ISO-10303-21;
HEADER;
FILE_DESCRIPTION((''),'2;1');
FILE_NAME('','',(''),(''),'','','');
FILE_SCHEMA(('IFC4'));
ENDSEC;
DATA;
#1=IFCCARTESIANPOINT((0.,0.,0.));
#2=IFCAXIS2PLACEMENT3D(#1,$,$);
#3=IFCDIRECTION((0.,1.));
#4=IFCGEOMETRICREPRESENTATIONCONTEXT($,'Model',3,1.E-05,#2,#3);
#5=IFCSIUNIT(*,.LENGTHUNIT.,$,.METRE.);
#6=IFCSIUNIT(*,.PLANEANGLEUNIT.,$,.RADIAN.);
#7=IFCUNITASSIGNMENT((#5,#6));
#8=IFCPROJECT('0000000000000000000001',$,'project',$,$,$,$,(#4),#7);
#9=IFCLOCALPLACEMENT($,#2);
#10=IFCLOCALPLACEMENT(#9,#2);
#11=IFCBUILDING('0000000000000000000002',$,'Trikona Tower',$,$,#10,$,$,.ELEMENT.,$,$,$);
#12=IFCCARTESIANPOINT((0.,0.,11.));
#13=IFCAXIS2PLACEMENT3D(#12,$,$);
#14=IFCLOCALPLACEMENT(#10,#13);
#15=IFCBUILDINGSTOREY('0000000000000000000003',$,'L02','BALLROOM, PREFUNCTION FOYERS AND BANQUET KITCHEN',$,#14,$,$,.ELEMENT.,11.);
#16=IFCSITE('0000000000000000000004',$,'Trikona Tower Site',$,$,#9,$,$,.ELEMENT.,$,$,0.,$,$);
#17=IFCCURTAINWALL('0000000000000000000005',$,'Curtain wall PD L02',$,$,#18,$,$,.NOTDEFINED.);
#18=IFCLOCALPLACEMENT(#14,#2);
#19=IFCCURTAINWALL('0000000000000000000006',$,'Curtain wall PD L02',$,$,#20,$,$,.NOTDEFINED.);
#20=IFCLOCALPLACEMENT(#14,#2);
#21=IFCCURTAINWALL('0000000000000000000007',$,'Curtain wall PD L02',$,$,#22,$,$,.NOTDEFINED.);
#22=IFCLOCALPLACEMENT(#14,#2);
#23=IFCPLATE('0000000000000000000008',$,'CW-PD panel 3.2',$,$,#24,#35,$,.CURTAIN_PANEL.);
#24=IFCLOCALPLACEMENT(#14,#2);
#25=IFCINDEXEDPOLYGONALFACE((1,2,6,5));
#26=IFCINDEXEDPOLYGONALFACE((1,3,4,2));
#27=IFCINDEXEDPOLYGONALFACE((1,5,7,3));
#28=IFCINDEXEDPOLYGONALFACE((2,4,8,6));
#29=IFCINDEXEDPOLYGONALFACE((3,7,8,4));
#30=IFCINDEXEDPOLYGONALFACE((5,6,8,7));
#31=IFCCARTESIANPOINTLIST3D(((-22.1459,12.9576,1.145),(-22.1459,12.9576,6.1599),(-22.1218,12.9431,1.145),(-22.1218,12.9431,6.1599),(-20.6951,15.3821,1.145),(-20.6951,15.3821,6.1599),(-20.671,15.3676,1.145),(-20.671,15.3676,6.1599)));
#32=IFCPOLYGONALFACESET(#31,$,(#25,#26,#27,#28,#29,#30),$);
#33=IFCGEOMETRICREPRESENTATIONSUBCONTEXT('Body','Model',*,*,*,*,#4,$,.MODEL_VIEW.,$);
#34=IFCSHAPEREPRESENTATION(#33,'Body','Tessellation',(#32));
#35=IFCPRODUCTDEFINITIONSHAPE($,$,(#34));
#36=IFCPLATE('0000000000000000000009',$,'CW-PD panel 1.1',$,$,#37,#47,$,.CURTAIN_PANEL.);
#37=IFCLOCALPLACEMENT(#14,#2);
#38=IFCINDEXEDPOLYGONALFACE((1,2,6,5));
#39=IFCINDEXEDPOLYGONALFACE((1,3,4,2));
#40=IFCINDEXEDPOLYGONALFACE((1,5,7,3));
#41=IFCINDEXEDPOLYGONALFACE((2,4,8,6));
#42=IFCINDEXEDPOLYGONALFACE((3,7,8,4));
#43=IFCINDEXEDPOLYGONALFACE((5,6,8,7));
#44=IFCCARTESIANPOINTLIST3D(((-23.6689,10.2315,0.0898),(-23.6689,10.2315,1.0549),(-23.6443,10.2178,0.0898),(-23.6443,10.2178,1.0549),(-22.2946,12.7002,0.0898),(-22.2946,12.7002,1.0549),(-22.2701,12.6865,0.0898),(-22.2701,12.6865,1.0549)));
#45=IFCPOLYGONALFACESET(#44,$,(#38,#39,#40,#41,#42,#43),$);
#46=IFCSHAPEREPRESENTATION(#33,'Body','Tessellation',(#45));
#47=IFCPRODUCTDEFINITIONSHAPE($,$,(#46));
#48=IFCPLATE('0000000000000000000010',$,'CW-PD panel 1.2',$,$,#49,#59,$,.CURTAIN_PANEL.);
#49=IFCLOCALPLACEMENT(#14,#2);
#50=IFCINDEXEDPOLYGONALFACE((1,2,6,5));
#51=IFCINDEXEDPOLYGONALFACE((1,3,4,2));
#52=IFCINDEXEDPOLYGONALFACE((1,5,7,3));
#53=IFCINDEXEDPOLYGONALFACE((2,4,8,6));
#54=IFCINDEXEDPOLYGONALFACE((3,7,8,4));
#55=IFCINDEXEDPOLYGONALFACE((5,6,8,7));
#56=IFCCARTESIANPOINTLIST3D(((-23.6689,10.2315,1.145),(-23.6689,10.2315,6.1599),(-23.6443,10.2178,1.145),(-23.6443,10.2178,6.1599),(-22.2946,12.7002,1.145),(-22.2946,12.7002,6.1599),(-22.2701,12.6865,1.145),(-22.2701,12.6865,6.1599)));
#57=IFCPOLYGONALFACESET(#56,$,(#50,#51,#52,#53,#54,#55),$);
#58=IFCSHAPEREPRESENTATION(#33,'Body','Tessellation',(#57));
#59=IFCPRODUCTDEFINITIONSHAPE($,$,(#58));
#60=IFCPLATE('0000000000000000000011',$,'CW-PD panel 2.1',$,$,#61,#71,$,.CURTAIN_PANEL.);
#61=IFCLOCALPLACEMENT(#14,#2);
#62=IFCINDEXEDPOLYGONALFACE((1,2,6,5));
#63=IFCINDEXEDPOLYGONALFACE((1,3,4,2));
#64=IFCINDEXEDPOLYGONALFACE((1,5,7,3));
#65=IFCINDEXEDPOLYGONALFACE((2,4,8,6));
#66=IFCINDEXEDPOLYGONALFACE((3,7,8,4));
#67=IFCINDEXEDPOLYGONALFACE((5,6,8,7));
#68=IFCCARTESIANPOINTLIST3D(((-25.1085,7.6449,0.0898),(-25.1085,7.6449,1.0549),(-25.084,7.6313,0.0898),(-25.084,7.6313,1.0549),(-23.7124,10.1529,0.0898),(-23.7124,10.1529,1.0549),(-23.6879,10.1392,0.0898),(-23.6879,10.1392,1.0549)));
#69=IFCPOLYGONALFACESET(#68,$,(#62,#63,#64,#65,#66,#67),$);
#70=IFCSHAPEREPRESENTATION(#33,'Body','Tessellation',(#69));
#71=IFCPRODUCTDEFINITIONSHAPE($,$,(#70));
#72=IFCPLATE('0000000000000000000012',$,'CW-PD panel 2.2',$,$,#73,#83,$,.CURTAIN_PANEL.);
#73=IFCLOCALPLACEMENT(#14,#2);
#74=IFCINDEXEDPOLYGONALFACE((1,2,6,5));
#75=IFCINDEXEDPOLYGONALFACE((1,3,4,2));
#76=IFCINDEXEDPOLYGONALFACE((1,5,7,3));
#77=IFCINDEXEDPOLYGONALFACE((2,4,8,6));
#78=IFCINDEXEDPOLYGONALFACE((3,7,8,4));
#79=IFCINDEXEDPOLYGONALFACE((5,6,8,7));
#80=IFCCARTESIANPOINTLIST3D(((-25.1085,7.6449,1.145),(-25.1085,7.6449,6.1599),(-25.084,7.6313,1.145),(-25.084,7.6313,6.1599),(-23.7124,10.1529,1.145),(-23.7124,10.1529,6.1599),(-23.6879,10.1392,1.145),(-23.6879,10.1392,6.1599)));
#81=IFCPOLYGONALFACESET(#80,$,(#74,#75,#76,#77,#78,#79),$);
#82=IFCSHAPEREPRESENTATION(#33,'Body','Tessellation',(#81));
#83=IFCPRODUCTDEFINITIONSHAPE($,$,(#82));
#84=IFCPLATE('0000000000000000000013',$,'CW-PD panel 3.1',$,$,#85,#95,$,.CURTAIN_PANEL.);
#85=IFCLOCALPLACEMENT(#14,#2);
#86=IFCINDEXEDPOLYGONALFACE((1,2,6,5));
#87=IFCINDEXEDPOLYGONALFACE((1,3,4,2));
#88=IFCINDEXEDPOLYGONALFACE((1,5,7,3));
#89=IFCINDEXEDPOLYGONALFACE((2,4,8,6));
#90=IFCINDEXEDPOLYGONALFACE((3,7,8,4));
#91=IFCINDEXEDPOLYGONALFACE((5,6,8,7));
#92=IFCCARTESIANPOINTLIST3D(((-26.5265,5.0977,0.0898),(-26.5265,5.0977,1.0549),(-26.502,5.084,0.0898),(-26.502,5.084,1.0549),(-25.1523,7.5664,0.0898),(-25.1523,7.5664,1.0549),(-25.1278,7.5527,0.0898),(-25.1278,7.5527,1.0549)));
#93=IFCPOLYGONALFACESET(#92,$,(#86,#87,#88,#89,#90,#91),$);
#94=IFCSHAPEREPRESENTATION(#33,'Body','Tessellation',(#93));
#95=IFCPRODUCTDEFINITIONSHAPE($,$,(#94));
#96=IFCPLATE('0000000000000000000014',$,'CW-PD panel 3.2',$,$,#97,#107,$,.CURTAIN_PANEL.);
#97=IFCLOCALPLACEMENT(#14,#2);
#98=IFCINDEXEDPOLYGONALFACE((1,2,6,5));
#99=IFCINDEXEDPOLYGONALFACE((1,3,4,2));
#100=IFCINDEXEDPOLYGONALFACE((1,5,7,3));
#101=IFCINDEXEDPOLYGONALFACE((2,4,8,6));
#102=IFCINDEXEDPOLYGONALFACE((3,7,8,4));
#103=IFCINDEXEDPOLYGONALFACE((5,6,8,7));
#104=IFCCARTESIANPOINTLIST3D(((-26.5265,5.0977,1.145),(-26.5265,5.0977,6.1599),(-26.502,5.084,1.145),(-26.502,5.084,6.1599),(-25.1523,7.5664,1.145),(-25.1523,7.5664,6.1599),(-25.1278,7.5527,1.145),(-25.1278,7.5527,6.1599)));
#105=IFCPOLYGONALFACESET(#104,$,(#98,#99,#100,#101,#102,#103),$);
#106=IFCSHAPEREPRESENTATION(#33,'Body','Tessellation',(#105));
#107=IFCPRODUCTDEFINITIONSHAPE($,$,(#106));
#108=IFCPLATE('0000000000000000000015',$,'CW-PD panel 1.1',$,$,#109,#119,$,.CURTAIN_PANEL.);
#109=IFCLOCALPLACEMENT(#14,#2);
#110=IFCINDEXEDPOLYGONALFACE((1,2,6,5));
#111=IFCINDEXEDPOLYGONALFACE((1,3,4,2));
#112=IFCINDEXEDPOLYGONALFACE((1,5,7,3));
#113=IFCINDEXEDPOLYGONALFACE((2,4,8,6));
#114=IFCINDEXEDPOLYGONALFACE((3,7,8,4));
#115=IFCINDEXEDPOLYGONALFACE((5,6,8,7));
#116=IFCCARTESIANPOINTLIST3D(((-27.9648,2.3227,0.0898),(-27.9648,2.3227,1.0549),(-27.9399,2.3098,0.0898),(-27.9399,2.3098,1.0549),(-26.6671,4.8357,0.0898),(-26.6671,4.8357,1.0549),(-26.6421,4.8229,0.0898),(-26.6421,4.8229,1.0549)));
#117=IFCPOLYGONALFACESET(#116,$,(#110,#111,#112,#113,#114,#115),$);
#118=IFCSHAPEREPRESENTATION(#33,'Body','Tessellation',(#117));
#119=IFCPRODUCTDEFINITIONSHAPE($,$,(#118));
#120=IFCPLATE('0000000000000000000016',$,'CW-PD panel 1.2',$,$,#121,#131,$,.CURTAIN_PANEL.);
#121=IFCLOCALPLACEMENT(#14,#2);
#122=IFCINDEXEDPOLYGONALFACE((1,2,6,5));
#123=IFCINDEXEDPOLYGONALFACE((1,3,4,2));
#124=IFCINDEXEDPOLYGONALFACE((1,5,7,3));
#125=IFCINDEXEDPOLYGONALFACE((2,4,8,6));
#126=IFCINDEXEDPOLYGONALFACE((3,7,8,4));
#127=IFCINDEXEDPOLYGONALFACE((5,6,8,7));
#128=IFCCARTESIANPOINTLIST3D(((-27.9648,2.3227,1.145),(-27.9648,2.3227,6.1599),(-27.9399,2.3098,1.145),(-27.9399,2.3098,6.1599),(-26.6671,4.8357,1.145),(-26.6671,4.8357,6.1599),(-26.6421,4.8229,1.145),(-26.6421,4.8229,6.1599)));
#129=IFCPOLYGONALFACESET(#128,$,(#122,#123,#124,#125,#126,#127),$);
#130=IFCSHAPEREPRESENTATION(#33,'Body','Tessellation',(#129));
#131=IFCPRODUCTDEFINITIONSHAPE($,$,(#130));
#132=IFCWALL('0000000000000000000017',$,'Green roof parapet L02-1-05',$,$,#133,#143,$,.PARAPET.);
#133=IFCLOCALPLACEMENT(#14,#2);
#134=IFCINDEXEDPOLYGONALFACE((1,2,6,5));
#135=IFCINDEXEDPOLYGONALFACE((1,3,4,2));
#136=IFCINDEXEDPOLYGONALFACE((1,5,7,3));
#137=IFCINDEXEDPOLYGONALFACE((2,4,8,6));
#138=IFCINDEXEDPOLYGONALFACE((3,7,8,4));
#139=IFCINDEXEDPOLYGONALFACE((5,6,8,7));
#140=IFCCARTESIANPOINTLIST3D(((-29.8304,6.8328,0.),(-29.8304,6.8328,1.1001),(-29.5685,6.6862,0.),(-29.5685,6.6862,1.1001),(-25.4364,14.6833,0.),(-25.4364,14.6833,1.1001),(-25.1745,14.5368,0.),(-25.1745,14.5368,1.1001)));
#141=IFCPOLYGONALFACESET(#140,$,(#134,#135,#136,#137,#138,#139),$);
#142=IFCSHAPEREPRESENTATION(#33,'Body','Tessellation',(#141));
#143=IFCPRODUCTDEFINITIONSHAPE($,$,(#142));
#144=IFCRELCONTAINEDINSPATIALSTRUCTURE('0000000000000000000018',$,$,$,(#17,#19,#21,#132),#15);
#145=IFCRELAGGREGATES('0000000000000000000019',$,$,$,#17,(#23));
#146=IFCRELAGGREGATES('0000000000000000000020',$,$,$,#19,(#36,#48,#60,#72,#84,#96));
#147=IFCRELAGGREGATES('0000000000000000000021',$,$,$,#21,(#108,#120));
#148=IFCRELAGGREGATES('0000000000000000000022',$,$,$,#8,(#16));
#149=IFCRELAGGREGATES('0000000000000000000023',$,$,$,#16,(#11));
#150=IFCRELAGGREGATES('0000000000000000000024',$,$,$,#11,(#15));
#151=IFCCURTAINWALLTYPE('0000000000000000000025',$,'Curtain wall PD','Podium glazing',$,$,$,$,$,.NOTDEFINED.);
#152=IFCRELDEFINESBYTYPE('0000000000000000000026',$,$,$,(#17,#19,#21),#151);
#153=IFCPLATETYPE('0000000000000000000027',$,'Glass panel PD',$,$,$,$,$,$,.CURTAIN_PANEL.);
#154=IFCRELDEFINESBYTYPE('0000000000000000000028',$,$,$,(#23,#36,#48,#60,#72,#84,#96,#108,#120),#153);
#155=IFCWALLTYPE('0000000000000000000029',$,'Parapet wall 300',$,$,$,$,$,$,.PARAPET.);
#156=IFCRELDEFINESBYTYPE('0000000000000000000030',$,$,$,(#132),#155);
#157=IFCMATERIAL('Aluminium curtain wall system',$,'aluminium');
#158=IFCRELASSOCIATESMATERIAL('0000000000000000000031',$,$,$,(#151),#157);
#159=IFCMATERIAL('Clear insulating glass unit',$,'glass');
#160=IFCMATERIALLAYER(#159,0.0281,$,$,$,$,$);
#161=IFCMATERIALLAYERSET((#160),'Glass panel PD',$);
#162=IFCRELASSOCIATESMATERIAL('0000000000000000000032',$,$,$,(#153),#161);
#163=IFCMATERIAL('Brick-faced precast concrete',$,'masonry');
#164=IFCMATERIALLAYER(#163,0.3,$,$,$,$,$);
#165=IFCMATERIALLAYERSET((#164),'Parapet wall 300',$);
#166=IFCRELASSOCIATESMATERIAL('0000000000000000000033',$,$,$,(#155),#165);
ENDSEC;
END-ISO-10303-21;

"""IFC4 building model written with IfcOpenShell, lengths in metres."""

from ifc_helpers import new_model, si_unit, direction, frame, frame_2d, origin, origin_2d, place, context, subcontext, project, spatial, rectangle, extrude, material, layer, layer_set, type_object, element, aggregate, save


model = new_model("IFC4")

# Units and contexts
model_context = context("Model", 3, precision=1e-05, world=origin(), true_north=direction((0.0, 1.0)))
body_context = subcontext(model_context, "Body", "Model", "MODEL_VIEW")
ifc_project = project(units=[si_unit("LENGTHUNIT", "METRE"), si_unit("PLANEANGLEUNIT", "RADIAN")], contexts=[model_context])

# Site, building, storey
site_placement = place(None, origin())
site = spatial("IfcSite", under=ifc_project, at=site_placement, Name="Trikona Tower Site", CompositionType="ELEMENT", RefElevation=0.0)
building_placement = place(site_placement, origin())
building = spatial("IfcBuilding", under=site, at=building_placement, Name="Trikona Tower", CompositionType="ELEMENT")
storey_placement = place(building_placement, frame((0.0, 0.0, 11.0)))
storey = spatial("IfcBuildingStorey", under=building, at=storey_placement, Name="L02", Description="BALLROOM, PREFUNCTION FOYERS AND BANQUET KITCHEN", CompositionType="ELEMENT", Elevation=11.0)

# Curtain wall
ifc_material_1 = material(Name="Aluminium curtain wall system", Category="aluminium")
curtain_wall_type = type_object("IfcCurtainWallType", Name="Curtain wall PD", Description="Podium glazing", PredefinedType="NOTDEFINED", material=ifc_material_1)
curtain_wall_1_placement = place(storey_placement, origin())
curtain_wall_1 = element("IfcCurtainWall", 1, at=curtain_wall_1_placement, inside=storey, type_object=curtain_wall_type, Name="Curtain wall PD L02", PredefinedType="NOTDEFINED")

# Curtain walls
curtain_wall_2_placement = place(storey_placement, origin())
curtain_wall_2 = element("IfcCurtainWall", 2, at=curtain_wall_2_placement, inside=storey, type_object=curtain_wall_type, Name="Curtain wall PD L02", PredefinedType="NOTDEFINED")
curtain_wall_3_placement = place(storey_placement, origin())
curtain_wall_3 = element("IfcCurtainWall", 3, at=curtain_wall_3_placement, inside=storey, type_object=curtain_wall_type, Name="Curtain wall PD L02", PredefinedType="NOTDEFINED")

# Plates
ifc_material_2 = material(Name="Clear insulating glass unit", Category="glass")
ifc_layer_1 = layer(ifc_material_2, 0.0281)
ifc_layer_set_1 = layer_set([ifc_layer_1], Name="Glass panel PD")
plate_type = type_object("IfcPlateType", Name="Glass panel PD", PredefinedType="CURTAIN_PANEL", material=ifc_layer_set_1)
plate_1_placement = place(storey_placement, frame((-21.4084, 14.1626, 1.145), z_axis=(0.0, 0.0, 1.0), x_axis=(-0.51349, -0.858095, 0.0)))
plate_1 = element("IfcPlate", 4, at=plate_1_placement, type_object=plate_type, Name="CW-PD panel 3.2", PredefinedType="CURTAIN_PANEL", context=body_context, shape_type="SweptSolid", body=[
    extrude(rectangle(XDim=2.8254, YDim=0.0281, at=origin_2d()), origin(), (0.0, 0.0, 1.0), 5.0149),
])
aggregate(curtain_wall_1, [plate_1])
plate_2_placement = place(storey_placement, frame((-22.9695, 11.459, 0.0898), z_axis=(0.0, 0.0, 1.0), x_axis=(-0.486388, -0.873743, 0.0)))
plate_2 = element("IfcPlate", 5, at=plate_2_placement, type_object=plate_type, Name="CW-PD panel 1.1", PredefinedType="CURTAIN_PANEL", context=body_context, shape_type="SweptSolid", body=[
    extrude(rectangle(XDim=2.8254, YDim=0.0281, at=origin_2d()), origin(), (0.0, 0.0, 1.0), 0.9651),
])
plate_3_placement = place(storey_placement, frame((-22.9695, 11.459, 1.145), z_axis=(0.0, 0.0, 1.0), x_axis=(-0.486388, -0.873743, 0.0)))
plate_3 = element("IfcPlate", 6, at=plate_3_placement, type_object=plate_type, Name="CW-PD panel 1.2", PredefinedType="CURTAIN_PANEL", context=body_context, shape_type="SweptSolid", body=[
    extrude(rectangle(XDim=2.8254, YDim=0.0281, at=origin_2d()), origin(), (0.0, 0.0, 1.0), 5.0149),
])
plate_4_placement = place(storey_placement, frame((-24.3982, 8.8921, 0.0898), z_axis=(0.0, 0.0, 1.0), x_axis=(-0.486388, -0.873743, 0.0)))
plate_4 = element("IfcPlate", 7, at=plate_4_placement, type_object=plate_type, Name="CW-PD panel 2.1", PredefinedType="CURTAIN_PANEL", context=body_context, shape_type="SweptSolid", body=[
    extrude(rectangle(XDim=2.8704, YDim=0.0281, at=origin_2d()), origin(), (0.0, 0.0, 1.0), 0.9651),
])
plate_5_placement = place(storey_placement, frame((-24.3982, 8.8921, 1.145), z_axis=(0.0, 0.0, 1.0), x_axis=(-0.486388, -0.873743, 0.0)))
plate_5 = element("IfcPlate", 8, at=plate_5_placement, type_object=plate_type, Name="CW-PD panel 2.2", PredefinedType="CURTAIN_PANEL", context=body_context, shape_type="SweptSolid", body=[
    extrude(rectangle(XDim=2.8704, YDim=0.0281, at=origin_2d()), origin(), (0.0, 0.0, 1.0), 5.0149),
])
plate_6_placement = place(storey_placement, frame((-25.8271, 6.3252, 0.0898), z_axis=(0.0, 0.0, 1.0), x_axis=(-0.486388, -0.873743, 0.0)))
plate_6 = element("IfcPlate", 9, at=plate_6_placement, type_object=plate_type, Name="CW-PD panel 3.1", PredefinedType="CURTAIN_PANEL", context=body_context, shape_type="SweptSolid", body=[
    extrude(rectangle(XDim=2.8254, YDim=0.0281, at=origin_2d()), origin(), (0.0, 0.0, 1.0), 0.9651),
])
plate_7_placement = place(storey_placement, frame((-25.8271, 6.3252, 1.145), z_axis=(0.0, 0.0, 1.0), x_axis=(-0.486388, -0.873743, 0.0)))
plate_7 = element("IfcPlate", 10, at=plate_7_placement, type_object=plate_type, Name="CW-PD panel 3.2", PredefinedType="CURTAIN_PANEL", context=body_context, shape_type="SweptSolid", body=[
    extrude(rectangle(XDim=2.8254, YDim=0.0281, at=origin_2d()), origin(), (0.0, 0.0, 1.0), 5.0149),
])
aggregate(curtain_wall_2, [plate_2, plate_3, plate_4, plate_5, plate_6, plate_7])
plate_8_placement = place(storey_placement, frame((-27.3035, 3.5728, 0.0898), z_axis=(0.0, 0.0, 1.0), x_axis=(-0.458829, -0.888525, 0.0)))
plate_8 = element("IfcPlate", 11, at=plate_8_placement, type_object=plate_type, Name="CW-PD panel 1.1", PredefinedType="CURTAIN_PANEL", context=body_context, shape_type="SweptSolid", body=[
    extrude(rectangle(XDim=2.8284, YDim=0.0281, at=origin_2d()), origin(), (0.0, 0.0, 1.0), 0.9651),
])
plate_9_placement = place(storey_placement, frame((-27.3035, 3.5728, 1.145), z_axis=(0.0, 0.0, 1.0), x_axis=(-0.458829, -0.888525, 0.0)))
plate_9 = element("IfcPlate", 12, at=plate_9_placement, type_object=plate_type, Name="CW-PD panel 1.2", PredefinedType="CURTAIN_PANEL", context=body_context, shape_type="SweptSolid", body=[
    extrude(rectangle(XDim=2.8284, YDim=0.0281, at=origin_2d()), origin(), (0.0, 0.0, 1.0), 5.0149),
])
aggregate(curtain_wall_3, [plate_8, plate_9])

# Wall
ifc_material_3 = material(Name="Brick-faced precast concrete", Category="masonry")
ifc_layer_2 = layer(ifc_material_3, 0.3)
ifc_layer_set_2 = layer_set([ifc_layer_2], Name="Parapet wall 300")
wall_type = type_object("IfcWallType", Name="Parapet wall 300", PredefinedType="PARAPET", material=ifc_layer_set_2)
wall_placement = place(storey_placement, frame((-29.6995, 6.7595, 0.0), z_axis=(0.0, 0.0, 1.0), x_axis=(0.48841, 0.872614, 0.0)))
element("IfcWall", 13, at=wall_placement, inside=storey, type_object=wall_type, Name="Green roof parapet L02-1-05", PredefinedType="PARAPET", context=body_context, shape_type="SweptSolid", body=[
    extrude(rectangle(XDim=8.9966, YDim=0.3, at=frame_2d((4.4983, 0.0))), origin(), (0.0, 0.0, 1.0), 1.1001),
])

save(model, "model.ifc")
